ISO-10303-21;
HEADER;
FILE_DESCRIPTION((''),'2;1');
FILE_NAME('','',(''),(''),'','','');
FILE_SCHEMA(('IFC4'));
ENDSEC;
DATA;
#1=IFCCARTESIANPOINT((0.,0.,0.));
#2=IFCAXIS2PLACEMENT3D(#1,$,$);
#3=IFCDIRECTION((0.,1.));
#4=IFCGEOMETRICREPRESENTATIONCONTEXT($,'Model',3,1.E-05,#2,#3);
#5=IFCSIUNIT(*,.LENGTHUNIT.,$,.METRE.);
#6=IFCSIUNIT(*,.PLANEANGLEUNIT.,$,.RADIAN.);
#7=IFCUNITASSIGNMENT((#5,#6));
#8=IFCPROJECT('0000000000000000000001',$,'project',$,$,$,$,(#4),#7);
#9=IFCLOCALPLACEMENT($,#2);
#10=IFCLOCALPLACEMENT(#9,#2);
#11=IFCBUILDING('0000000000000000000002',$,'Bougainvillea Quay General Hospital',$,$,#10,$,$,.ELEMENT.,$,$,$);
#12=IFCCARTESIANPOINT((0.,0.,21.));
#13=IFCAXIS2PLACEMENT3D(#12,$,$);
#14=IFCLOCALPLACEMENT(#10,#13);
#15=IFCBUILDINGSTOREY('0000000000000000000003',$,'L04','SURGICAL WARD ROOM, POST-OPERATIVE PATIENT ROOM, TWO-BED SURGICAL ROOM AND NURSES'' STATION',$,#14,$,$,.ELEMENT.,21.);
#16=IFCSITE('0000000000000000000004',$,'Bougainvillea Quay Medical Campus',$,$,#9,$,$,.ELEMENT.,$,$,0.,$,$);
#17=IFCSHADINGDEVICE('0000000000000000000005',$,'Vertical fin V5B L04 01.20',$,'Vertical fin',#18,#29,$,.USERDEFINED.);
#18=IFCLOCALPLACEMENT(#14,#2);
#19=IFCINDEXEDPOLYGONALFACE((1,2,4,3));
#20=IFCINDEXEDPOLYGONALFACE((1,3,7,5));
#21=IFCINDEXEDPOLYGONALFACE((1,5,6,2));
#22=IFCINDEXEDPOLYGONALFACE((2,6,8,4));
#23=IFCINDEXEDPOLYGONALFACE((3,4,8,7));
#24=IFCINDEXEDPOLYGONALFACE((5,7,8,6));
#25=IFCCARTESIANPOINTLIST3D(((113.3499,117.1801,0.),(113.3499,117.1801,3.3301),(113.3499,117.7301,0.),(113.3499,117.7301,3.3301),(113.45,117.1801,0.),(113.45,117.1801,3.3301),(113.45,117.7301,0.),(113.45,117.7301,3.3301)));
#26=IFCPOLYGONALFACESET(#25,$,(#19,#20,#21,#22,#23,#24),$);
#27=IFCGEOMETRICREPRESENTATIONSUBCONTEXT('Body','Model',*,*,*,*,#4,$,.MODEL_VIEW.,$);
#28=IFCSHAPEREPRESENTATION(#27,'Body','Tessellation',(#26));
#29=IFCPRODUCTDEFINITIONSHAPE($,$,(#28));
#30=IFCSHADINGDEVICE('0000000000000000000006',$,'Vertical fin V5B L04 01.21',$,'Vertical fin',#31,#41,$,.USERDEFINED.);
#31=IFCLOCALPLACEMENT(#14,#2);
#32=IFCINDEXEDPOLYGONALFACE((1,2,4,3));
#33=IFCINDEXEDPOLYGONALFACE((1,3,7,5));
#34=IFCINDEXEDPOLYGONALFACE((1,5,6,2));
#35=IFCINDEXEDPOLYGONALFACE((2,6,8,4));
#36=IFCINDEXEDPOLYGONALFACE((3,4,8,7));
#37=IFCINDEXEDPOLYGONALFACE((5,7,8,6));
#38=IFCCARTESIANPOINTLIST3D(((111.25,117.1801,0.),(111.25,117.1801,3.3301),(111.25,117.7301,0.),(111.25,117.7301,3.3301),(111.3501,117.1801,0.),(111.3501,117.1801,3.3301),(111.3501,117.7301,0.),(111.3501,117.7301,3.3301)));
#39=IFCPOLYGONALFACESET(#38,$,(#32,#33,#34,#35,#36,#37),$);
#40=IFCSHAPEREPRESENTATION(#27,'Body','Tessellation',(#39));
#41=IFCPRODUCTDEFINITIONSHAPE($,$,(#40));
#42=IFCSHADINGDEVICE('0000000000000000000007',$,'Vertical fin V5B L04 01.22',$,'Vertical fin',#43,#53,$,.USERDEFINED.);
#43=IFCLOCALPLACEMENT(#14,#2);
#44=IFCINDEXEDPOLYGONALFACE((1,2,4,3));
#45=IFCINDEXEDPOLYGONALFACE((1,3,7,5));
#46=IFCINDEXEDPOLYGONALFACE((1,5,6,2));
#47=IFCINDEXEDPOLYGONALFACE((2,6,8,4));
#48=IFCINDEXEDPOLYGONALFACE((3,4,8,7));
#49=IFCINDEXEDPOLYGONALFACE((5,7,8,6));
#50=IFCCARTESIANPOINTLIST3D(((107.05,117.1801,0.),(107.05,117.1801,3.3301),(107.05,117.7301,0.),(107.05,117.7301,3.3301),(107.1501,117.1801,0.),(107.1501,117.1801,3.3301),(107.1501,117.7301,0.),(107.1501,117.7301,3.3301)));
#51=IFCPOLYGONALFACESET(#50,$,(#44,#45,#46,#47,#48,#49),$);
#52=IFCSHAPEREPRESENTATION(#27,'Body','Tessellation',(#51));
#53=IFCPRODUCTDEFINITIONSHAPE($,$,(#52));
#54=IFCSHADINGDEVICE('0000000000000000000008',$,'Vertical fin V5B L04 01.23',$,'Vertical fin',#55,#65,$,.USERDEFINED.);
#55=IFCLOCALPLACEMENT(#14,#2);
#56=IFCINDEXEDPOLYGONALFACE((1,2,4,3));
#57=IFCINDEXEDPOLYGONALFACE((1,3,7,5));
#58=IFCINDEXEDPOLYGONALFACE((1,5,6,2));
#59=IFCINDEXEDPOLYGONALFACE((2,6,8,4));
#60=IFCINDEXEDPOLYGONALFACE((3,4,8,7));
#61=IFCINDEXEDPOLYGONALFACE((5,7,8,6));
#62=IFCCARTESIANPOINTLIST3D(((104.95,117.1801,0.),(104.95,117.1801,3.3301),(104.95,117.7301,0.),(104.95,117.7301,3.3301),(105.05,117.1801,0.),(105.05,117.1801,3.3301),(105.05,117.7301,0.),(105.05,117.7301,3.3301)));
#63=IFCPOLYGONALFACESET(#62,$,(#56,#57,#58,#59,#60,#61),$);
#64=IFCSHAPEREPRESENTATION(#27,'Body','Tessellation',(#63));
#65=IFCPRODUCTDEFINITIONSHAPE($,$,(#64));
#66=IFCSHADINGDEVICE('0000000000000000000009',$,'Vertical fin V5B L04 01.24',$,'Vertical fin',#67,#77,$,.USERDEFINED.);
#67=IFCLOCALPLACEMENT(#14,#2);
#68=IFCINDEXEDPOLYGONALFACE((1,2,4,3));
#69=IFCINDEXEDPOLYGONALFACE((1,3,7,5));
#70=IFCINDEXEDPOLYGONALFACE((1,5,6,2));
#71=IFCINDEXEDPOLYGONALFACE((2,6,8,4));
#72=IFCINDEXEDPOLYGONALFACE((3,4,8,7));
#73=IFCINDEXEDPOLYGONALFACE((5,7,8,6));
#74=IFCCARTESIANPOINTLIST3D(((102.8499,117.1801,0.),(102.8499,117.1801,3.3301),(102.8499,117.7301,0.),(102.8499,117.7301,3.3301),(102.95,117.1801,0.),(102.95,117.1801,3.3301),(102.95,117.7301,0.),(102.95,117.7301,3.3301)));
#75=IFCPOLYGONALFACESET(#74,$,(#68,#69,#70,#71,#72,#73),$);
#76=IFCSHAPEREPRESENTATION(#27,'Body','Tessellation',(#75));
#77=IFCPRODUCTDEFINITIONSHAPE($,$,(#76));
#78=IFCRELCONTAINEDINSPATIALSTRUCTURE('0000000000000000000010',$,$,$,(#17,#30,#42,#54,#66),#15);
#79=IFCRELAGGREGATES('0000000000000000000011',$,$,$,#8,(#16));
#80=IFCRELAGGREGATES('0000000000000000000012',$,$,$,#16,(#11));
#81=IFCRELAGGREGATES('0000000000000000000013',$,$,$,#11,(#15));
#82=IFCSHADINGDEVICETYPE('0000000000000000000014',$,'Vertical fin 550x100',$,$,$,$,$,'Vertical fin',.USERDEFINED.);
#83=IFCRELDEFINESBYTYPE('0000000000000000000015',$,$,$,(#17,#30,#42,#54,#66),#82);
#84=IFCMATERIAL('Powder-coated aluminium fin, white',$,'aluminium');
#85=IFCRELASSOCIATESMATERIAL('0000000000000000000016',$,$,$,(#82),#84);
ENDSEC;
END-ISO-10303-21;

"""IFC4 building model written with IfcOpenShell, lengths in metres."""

from ifc_helpers import new_model, si_unit, direction, frame, origin, origin_2d, place, context, subcontext, project, spatial, rectangle, extrude, material, material_profile, profile_set, type_object, element, save


model = new_model("IFC4")

# Units and contexts
model_context = context("Model", 3, precision=1e-05, world=origin(), true_north=direction((0.0, 1.0)))
body_context = subcontext(model_context, "Body", "Model", "MODEL_VIEW")
ifc_project = project(units=[si_unit("LENGTHUNIT", "METRE"), si_unit("PLANEANGLEUNIT", "RADIAN")], contexts=[model_context])

# Site, building, storey
site_placement = place(None, origin())
site = spatial("IfcSite", under=ifc_project, at=site_placement, Name="Bougainvillea Quay Medical Campus", CompositionType="ELEMENT", RefElevation=0.0)
building_placement = place(site_placement, origin())
building = spatial("IfcBuilding", under=site, at=building_placement, Name="Bougainvillea Quay General Hospital", CompositionType="ELEMENT")
storey_placement = place(building_placement, frame((0.0, 0.0, 21.0)))
storey = spatial("IfcBuildingStorey", under=building, at=storey_placement, Name="L04", Description="SURGICAL WARD ROOM, POST-OPERATIVE PATIENT ROOM, TWO-BED SURGICAL ROOM AND NURSES' STATION", CompositionType="ELEMENT", Elevation=21.0)

# Shading devices
ifc_material_1 = material(Name="Powder-coated aluminium fin, white", Category="aluminium")
ifc_material_profile = material_profile(ifc_material_1, rectangle(XDim=0.55, YDim=0.1001, at=origin_2d()))
ifc_profile_set = profile_set([ifc_material_profile], Name="Powder-coated aluminium fin, white")
shading_device_type = type_object("IfcShadingDeviceType", Name="Vertical fin 550x100", ElementType="Vertical fin", PredefinedType="USERDEFINED", material=ifc_profile_set)
for number, where, z_axis, x_axis, name in (
    (1, (113.3999, 117.4551, 0.0), (0.0, 0.0, 1.0), (0.0, -1.0, 0.0), "Vertical fin V5B L04 01.20"),
    (2, (111.3, 117.4551, 0.0), (0.0, 0.0, 1.0), (0.0, -1.0, 0.0), "Vertical fin V5B L04 01.21"),
    (3, (107.1001, 117.4551, 0.0), (0.0, 0.0, 1.0), (0.0, -1.0, 0.0), "Vertical fin V5B L04 01.22"),
    (4, (105.0, 117.4551, 0.0), (0.0, 0.0, 1.0), (0.0, -1.0, 0.0), "Vertical fin V5B L04 01.23"),
    (5, (102.8999, 117.4551, 0.0), (0.0, 0.0, 1.0), (0.0, -1.0, 0.0), "Vertical fin V5B L04 01.24"),
):
    element("IfcShadingDevice", number, at=place(storey_placement, frame(where, z_axis=z_axis, x_axis=x_axis)), inside=storey, type_object=shading_device_type, Name=name, ObjectType="Vertical fin", PredefinedType="USERDEFINED", context=body_context, shape_type="SweptSolid", body=[
        extrude(rectangle(XDim=0.55, YDim=0.1001, at=origin_2d()), origin(), (0.0, 0.0, 1.0), 3.3301),
    ])

save(model, "model.ifc")
